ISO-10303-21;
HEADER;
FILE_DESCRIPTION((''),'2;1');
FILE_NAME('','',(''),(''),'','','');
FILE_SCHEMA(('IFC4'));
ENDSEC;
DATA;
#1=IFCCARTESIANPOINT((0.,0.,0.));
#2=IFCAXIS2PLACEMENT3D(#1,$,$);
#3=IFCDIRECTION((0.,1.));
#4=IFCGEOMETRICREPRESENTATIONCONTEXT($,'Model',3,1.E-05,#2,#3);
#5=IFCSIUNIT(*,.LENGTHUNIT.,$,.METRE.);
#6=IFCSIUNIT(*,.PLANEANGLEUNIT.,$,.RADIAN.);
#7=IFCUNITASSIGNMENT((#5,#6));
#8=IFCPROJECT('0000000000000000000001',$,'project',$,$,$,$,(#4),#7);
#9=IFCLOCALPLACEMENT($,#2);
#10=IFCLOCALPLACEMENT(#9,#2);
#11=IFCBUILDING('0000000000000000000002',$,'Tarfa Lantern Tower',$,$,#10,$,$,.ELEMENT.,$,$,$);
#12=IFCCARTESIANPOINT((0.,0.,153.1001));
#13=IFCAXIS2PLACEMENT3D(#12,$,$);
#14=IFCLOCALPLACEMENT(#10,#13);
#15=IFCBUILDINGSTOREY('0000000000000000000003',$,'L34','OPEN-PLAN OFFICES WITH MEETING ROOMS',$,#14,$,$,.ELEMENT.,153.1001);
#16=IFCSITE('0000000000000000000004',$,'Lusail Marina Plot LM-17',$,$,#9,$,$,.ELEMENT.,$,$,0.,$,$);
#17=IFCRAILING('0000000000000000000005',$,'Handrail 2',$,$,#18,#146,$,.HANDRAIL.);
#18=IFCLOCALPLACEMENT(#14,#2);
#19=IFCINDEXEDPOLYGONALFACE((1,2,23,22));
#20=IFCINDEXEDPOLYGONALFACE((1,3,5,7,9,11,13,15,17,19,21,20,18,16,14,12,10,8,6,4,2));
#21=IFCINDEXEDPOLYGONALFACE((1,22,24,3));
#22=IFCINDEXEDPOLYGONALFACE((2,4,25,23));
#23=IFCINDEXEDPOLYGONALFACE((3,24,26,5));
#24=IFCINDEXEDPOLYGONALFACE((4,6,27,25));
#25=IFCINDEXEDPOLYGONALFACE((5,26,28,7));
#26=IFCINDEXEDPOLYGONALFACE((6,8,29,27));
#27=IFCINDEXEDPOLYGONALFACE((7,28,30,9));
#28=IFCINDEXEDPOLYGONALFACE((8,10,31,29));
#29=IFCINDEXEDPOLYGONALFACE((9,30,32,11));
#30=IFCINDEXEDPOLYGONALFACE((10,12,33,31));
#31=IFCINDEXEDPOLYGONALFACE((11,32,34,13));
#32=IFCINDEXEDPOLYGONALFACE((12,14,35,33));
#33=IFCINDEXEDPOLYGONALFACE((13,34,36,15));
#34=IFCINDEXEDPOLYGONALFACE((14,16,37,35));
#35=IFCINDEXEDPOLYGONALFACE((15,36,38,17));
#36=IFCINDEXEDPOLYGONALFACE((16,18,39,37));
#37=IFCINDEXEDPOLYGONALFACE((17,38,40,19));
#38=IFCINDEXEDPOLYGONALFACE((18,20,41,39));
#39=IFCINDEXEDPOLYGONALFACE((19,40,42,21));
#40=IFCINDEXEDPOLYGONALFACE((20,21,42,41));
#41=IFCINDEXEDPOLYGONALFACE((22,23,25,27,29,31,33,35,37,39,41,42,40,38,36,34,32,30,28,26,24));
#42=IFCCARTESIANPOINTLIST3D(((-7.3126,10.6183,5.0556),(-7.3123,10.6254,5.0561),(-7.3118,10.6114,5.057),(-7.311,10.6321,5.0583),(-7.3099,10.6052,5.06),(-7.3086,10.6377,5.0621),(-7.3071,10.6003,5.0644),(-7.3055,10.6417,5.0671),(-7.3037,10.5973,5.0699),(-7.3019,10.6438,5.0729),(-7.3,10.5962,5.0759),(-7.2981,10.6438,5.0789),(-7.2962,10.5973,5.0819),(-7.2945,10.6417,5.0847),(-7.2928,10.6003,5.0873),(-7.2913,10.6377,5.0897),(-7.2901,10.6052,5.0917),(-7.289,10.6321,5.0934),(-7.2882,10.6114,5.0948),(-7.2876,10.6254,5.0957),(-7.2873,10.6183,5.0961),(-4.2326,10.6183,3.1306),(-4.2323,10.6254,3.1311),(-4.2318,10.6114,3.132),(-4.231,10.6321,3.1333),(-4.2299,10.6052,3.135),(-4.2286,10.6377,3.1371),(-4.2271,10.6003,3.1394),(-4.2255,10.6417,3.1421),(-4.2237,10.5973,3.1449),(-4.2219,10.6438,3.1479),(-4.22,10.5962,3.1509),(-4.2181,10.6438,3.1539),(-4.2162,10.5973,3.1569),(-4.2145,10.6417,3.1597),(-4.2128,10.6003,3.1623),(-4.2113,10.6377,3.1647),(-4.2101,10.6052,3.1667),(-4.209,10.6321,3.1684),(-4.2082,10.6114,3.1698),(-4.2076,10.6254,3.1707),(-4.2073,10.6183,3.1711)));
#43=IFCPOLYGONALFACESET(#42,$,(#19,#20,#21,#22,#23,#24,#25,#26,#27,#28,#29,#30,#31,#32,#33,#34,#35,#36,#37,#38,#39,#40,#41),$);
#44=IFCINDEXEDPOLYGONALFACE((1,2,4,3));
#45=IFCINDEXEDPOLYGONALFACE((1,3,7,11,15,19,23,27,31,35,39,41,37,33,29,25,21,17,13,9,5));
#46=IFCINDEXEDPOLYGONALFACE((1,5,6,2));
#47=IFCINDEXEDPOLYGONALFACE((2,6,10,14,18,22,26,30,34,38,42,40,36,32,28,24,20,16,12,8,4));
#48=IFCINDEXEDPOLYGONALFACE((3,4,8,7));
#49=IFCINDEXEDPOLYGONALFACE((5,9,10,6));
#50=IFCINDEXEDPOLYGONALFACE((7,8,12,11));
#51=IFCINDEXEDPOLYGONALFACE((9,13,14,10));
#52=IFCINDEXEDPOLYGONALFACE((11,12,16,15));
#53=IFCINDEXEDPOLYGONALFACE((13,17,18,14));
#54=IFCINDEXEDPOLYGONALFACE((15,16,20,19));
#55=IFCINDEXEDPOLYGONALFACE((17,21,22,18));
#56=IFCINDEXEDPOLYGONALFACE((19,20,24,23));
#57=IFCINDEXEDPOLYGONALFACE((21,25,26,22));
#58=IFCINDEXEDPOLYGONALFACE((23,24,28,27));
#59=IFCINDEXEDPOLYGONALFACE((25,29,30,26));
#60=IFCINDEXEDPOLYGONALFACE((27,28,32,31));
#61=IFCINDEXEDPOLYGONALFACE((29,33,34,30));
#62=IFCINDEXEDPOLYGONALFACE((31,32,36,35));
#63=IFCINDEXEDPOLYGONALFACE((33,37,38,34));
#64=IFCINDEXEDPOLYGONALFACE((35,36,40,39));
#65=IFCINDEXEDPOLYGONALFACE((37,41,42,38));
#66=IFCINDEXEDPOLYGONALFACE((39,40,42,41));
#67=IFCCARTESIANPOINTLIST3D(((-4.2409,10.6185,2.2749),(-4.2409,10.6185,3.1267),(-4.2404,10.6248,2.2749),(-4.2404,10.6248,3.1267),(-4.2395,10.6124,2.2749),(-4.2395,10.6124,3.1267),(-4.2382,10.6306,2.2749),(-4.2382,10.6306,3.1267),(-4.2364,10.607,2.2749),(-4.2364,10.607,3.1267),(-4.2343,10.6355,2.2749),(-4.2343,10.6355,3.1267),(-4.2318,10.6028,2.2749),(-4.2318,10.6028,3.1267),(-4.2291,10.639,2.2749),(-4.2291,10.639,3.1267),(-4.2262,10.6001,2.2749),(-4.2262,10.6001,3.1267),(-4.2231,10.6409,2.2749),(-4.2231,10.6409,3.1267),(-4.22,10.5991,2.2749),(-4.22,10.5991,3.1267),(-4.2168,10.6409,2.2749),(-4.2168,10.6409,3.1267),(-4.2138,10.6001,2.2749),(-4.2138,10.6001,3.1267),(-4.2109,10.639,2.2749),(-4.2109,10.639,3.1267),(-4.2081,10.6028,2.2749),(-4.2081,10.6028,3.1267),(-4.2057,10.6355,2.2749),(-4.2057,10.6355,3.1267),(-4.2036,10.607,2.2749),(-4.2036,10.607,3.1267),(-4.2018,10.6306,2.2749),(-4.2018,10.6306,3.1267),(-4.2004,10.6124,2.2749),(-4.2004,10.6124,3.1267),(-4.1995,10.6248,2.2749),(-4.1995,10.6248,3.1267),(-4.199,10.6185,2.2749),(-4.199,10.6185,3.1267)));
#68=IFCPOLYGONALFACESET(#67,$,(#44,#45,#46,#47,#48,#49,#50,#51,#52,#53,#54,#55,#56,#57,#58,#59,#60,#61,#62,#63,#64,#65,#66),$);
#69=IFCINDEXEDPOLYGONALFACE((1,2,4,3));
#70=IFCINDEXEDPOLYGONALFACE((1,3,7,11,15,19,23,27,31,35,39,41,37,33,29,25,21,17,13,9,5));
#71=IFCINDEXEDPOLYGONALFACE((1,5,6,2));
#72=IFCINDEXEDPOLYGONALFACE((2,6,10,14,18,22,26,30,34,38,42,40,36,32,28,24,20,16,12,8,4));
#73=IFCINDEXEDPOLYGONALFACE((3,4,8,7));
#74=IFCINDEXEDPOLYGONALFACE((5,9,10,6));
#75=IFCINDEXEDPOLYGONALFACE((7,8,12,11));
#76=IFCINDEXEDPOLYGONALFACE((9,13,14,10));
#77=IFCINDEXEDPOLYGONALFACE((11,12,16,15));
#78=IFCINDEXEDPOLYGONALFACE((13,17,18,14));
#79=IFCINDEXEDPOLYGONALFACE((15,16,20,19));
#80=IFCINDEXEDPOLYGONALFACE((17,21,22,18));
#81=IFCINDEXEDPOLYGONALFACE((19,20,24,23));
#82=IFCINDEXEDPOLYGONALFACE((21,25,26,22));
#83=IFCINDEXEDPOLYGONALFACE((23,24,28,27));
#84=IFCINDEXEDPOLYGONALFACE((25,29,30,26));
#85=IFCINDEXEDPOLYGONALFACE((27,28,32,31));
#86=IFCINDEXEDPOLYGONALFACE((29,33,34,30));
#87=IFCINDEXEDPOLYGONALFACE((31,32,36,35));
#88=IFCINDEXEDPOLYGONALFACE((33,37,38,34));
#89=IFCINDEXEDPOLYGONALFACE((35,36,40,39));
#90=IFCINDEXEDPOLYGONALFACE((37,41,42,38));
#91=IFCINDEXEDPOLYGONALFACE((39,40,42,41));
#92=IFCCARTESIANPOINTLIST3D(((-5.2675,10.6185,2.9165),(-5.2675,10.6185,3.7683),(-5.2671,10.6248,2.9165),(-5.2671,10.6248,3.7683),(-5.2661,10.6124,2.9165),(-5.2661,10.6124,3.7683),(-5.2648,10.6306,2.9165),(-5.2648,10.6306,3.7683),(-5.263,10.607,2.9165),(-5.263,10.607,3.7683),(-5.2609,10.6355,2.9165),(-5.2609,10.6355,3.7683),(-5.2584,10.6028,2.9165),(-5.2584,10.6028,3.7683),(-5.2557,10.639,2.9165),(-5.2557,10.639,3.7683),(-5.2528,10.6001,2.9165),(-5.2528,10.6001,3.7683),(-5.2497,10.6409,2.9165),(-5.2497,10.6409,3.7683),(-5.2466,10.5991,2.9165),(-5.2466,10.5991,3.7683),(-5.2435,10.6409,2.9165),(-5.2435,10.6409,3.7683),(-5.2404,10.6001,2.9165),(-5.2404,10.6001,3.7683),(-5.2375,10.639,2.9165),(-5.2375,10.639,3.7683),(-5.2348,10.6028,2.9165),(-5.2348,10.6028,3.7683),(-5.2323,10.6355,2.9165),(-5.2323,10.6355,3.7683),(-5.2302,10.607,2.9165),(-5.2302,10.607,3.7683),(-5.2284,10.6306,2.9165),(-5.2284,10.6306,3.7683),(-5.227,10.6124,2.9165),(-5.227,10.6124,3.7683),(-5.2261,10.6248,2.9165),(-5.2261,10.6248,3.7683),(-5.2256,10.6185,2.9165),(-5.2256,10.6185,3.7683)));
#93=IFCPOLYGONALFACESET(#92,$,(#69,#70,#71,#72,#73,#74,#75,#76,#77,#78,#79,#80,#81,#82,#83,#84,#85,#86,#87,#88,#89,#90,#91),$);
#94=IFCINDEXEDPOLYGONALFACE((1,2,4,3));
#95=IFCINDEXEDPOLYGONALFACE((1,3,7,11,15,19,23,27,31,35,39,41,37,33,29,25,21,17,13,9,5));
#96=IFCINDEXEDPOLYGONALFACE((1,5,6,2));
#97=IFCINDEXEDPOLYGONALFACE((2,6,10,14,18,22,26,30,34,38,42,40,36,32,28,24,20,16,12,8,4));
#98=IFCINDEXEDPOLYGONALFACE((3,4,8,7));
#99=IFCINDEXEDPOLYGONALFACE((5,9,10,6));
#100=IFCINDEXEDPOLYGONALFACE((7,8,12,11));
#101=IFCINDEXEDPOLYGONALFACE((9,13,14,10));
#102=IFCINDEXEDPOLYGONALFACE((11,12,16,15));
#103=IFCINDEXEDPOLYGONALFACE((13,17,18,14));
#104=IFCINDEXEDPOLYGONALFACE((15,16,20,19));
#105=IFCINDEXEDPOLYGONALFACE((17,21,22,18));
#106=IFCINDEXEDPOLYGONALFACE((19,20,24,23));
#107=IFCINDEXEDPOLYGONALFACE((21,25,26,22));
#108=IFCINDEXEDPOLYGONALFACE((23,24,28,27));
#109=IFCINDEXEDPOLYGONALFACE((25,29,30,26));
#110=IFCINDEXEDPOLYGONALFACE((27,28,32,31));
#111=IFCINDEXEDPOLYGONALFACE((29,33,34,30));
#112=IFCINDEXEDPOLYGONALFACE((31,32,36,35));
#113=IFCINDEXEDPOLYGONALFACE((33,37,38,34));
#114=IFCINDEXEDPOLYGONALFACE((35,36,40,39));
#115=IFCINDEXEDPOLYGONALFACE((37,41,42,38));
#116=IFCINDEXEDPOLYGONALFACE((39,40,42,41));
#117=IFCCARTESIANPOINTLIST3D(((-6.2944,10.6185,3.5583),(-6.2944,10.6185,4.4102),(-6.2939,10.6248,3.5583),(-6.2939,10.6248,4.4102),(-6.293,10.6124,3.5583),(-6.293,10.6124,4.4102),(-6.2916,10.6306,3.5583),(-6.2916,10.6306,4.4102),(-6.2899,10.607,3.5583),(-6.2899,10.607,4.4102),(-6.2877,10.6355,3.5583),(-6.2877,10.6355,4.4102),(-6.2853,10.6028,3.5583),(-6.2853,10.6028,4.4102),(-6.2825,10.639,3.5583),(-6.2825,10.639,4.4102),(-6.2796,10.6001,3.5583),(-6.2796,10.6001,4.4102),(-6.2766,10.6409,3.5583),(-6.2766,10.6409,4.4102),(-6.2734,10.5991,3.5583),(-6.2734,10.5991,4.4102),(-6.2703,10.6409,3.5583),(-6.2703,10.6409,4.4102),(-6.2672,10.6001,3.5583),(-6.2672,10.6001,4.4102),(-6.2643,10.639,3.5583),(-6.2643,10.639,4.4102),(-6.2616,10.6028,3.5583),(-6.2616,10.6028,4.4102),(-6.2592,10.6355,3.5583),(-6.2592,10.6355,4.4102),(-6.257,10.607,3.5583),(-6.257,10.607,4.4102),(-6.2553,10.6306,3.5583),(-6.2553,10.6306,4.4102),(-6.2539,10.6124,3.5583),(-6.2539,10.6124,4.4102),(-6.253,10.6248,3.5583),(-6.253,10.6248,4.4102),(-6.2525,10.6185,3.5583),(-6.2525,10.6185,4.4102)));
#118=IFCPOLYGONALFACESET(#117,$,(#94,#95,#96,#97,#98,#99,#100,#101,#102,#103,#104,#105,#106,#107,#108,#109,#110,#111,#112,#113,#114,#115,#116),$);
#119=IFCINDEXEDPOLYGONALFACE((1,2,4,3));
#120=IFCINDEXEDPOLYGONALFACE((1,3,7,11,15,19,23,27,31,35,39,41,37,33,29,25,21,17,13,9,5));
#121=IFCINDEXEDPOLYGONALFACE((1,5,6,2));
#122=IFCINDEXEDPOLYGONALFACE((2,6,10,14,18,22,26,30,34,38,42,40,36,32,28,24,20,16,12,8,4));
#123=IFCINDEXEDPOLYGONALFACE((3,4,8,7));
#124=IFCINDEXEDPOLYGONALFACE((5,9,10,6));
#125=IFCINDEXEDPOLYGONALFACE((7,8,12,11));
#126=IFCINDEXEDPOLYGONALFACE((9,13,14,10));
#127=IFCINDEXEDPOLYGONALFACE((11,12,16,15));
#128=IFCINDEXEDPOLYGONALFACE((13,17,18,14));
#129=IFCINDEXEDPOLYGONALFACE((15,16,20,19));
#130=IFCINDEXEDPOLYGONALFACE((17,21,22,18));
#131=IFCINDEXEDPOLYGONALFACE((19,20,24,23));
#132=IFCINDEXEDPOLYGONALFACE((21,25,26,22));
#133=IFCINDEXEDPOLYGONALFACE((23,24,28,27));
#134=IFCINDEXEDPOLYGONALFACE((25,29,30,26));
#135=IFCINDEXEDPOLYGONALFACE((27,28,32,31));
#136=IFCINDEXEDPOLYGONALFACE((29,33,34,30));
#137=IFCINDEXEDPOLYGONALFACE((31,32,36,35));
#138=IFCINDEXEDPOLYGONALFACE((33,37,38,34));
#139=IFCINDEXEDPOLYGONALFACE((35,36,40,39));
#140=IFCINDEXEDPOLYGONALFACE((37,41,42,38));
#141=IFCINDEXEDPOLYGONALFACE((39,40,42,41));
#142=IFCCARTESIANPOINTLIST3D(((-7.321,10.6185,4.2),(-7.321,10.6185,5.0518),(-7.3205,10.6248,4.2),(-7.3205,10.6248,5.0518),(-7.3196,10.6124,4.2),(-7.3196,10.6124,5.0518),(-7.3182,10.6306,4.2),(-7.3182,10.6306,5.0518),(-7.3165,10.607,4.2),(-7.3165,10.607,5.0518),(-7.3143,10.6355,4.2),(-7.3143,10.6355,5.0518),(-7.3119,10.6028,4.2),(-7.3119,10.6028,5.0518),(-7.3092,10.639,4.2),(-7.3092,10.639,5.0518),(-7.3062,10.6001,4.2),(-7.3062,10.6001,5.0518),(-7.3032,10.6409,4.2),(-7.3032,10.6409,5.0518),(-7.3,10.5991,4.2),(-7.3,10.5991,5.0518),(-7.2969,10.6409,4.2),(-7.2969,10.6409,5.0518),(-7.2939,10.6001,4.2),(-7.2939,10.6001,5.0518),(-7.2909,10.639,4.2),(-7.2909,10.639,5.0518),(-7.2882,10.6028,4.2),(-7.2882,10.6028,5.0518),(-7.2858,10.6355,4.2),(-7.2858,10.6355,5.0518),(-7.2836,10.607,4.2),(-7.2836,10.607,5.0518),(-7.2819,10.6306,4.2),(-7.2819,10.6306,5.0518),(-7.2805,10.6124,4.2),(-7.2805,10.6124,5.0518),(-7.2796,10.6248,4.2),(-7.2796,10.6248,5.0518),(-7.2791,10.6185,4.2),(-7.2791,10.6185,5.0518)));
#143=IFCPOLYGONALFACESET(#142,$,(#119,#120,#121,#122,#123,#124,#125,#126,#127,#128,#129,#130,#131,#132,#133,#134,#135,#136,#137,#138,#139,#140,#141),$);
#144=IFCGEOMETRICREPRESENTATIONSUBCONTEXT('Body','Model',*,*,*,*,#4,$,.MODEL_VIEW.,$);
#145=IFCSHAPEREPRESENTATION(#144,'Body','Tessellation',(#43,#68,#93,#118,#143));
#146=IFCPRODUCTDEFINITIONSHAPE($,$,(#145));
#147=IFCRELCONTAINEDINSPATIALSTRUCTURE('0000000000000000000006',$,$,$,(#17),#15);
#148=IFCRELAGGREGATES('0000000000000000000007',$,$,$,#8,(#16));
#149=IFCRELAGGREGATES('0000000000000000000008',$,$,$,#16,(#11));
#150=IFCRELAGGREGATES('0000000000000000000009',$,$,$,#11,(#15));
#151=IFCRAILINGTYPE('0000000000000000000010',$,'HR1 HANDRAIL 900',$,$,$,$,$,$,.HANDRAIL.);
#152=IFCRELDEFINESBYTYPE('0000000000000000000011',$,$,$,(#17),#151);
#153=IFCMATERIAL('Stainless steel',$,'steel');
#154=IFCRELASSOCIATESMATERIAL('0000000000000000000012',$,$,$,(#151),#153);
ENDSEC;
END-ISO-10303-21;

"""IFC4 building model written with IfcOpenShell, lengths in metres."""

from ifc_helpers import new_model, si_unit, direction, frame, origin, origin_2d, place, context, subcontext, project, spatial, circle, extrude, material, type_object, element, save


model = new_model("IFC4")

# Units and contexts
model_context = context("Model", 3, precision=1e-05, world=origin(), true_north=direction((0.0, 1.0)))
body_context = subcontext(model_context, "Body", "Model", "MODEL_VIEW")
ifc_project = project(units=[si_unit("LENGTHUNIT", "METRE"), si_unit("PLANEANGLEUNIT", "RADIAN")], contexts=[model_context])

# Site, building, storey
site_placement = place(None, origin())
site = spatial("IfcSite", under=ifc_project, at=site_placement, Name="Lusail Marina Plot LM-17", CompositionType="ELEMENT", RefElevation=0.0)
building_placement = place(site_placement, origin())
building = spatial("IfcBuilding", under=site, at=building_placement, Name="Tarfa Lantern Tower", CompositionType="ELEMENT")
storey_placement = place(building_placement, frame((0.0, 0.0, 153.1001)))
storey = spatial("IfcBuildingStorey", under=building, at=storey_placement, Name="L34", Description="OPEN-PLAN OFFICES WITH MEETING ROOMS", CompositionType="ELEMENT", Elevation=153.1001)

# Railing
ifc_material_1 = material(Name="Stainless steel", Category="steel")
railing_type = type_object("IfcRailingType", Name="HR1 HANDRAIL 900", PredefinedType="HANDRAIL", material=ifc_material_1)
railing_1_placement = place(storey_placement, frame((-4.22, 10.6201, 2.2749)))
element("IfcRailing", 1, at=railing_1_placement, inside=storey, type_object=railing_type, Name="Handrail 2", PredefinedType="HANDRAIL", context=body_context, shape_type="SweptSolid", body=[
    extrude(circle(Radius=0.0239, at=origin_2d()), frame((0.0, 0.0, 0.876), z_axis=(-0.847998, 0.0, 0.529999), x_axis=(0.0, -1.0, 0.0)), (0.0, 0.0, 1.0), 3.6321),
    extrude(circle(Radius=0.021, at=origin_2d()), frame((0.0, 0.0, 0.0), z_axis=(0.0, 0.0, 1.0), x_axis=(0.0, -1.0, 0.0)), (0.0, 0.0, 1.0), 0.8518),
    extrude(circle(Radius=0.021, at=origin_2d()), frame((-1.0266, 0.0, 0.6416), z_axis=(0.0, 0.0, 1.0), x_axis=(0.0, -1.0, 0.0)), (0.0, 0.0, 1.0), 0.8518),
    extrude(circle(Radius=0.021, at=origin_2d()), frame((-2.0535, 0.0, 1.2834), z_axis=(0.0, 0.0, 1.0), x_axis=(0.0, -1.0, 0.0)), (0.0, 0.0, 1.0), 0.8518),
    extrude(circle(Radius=0.021, at=origin_2d()), frame((-3.0801, 0.0, 1.925), z_axis=(0.0, 0.0, 1.0), x_axis=(0.0, -1.0, 0.0)), (0.0, 0.0, 1.0), 0.8518),
])

save(model, "model.ifc")
